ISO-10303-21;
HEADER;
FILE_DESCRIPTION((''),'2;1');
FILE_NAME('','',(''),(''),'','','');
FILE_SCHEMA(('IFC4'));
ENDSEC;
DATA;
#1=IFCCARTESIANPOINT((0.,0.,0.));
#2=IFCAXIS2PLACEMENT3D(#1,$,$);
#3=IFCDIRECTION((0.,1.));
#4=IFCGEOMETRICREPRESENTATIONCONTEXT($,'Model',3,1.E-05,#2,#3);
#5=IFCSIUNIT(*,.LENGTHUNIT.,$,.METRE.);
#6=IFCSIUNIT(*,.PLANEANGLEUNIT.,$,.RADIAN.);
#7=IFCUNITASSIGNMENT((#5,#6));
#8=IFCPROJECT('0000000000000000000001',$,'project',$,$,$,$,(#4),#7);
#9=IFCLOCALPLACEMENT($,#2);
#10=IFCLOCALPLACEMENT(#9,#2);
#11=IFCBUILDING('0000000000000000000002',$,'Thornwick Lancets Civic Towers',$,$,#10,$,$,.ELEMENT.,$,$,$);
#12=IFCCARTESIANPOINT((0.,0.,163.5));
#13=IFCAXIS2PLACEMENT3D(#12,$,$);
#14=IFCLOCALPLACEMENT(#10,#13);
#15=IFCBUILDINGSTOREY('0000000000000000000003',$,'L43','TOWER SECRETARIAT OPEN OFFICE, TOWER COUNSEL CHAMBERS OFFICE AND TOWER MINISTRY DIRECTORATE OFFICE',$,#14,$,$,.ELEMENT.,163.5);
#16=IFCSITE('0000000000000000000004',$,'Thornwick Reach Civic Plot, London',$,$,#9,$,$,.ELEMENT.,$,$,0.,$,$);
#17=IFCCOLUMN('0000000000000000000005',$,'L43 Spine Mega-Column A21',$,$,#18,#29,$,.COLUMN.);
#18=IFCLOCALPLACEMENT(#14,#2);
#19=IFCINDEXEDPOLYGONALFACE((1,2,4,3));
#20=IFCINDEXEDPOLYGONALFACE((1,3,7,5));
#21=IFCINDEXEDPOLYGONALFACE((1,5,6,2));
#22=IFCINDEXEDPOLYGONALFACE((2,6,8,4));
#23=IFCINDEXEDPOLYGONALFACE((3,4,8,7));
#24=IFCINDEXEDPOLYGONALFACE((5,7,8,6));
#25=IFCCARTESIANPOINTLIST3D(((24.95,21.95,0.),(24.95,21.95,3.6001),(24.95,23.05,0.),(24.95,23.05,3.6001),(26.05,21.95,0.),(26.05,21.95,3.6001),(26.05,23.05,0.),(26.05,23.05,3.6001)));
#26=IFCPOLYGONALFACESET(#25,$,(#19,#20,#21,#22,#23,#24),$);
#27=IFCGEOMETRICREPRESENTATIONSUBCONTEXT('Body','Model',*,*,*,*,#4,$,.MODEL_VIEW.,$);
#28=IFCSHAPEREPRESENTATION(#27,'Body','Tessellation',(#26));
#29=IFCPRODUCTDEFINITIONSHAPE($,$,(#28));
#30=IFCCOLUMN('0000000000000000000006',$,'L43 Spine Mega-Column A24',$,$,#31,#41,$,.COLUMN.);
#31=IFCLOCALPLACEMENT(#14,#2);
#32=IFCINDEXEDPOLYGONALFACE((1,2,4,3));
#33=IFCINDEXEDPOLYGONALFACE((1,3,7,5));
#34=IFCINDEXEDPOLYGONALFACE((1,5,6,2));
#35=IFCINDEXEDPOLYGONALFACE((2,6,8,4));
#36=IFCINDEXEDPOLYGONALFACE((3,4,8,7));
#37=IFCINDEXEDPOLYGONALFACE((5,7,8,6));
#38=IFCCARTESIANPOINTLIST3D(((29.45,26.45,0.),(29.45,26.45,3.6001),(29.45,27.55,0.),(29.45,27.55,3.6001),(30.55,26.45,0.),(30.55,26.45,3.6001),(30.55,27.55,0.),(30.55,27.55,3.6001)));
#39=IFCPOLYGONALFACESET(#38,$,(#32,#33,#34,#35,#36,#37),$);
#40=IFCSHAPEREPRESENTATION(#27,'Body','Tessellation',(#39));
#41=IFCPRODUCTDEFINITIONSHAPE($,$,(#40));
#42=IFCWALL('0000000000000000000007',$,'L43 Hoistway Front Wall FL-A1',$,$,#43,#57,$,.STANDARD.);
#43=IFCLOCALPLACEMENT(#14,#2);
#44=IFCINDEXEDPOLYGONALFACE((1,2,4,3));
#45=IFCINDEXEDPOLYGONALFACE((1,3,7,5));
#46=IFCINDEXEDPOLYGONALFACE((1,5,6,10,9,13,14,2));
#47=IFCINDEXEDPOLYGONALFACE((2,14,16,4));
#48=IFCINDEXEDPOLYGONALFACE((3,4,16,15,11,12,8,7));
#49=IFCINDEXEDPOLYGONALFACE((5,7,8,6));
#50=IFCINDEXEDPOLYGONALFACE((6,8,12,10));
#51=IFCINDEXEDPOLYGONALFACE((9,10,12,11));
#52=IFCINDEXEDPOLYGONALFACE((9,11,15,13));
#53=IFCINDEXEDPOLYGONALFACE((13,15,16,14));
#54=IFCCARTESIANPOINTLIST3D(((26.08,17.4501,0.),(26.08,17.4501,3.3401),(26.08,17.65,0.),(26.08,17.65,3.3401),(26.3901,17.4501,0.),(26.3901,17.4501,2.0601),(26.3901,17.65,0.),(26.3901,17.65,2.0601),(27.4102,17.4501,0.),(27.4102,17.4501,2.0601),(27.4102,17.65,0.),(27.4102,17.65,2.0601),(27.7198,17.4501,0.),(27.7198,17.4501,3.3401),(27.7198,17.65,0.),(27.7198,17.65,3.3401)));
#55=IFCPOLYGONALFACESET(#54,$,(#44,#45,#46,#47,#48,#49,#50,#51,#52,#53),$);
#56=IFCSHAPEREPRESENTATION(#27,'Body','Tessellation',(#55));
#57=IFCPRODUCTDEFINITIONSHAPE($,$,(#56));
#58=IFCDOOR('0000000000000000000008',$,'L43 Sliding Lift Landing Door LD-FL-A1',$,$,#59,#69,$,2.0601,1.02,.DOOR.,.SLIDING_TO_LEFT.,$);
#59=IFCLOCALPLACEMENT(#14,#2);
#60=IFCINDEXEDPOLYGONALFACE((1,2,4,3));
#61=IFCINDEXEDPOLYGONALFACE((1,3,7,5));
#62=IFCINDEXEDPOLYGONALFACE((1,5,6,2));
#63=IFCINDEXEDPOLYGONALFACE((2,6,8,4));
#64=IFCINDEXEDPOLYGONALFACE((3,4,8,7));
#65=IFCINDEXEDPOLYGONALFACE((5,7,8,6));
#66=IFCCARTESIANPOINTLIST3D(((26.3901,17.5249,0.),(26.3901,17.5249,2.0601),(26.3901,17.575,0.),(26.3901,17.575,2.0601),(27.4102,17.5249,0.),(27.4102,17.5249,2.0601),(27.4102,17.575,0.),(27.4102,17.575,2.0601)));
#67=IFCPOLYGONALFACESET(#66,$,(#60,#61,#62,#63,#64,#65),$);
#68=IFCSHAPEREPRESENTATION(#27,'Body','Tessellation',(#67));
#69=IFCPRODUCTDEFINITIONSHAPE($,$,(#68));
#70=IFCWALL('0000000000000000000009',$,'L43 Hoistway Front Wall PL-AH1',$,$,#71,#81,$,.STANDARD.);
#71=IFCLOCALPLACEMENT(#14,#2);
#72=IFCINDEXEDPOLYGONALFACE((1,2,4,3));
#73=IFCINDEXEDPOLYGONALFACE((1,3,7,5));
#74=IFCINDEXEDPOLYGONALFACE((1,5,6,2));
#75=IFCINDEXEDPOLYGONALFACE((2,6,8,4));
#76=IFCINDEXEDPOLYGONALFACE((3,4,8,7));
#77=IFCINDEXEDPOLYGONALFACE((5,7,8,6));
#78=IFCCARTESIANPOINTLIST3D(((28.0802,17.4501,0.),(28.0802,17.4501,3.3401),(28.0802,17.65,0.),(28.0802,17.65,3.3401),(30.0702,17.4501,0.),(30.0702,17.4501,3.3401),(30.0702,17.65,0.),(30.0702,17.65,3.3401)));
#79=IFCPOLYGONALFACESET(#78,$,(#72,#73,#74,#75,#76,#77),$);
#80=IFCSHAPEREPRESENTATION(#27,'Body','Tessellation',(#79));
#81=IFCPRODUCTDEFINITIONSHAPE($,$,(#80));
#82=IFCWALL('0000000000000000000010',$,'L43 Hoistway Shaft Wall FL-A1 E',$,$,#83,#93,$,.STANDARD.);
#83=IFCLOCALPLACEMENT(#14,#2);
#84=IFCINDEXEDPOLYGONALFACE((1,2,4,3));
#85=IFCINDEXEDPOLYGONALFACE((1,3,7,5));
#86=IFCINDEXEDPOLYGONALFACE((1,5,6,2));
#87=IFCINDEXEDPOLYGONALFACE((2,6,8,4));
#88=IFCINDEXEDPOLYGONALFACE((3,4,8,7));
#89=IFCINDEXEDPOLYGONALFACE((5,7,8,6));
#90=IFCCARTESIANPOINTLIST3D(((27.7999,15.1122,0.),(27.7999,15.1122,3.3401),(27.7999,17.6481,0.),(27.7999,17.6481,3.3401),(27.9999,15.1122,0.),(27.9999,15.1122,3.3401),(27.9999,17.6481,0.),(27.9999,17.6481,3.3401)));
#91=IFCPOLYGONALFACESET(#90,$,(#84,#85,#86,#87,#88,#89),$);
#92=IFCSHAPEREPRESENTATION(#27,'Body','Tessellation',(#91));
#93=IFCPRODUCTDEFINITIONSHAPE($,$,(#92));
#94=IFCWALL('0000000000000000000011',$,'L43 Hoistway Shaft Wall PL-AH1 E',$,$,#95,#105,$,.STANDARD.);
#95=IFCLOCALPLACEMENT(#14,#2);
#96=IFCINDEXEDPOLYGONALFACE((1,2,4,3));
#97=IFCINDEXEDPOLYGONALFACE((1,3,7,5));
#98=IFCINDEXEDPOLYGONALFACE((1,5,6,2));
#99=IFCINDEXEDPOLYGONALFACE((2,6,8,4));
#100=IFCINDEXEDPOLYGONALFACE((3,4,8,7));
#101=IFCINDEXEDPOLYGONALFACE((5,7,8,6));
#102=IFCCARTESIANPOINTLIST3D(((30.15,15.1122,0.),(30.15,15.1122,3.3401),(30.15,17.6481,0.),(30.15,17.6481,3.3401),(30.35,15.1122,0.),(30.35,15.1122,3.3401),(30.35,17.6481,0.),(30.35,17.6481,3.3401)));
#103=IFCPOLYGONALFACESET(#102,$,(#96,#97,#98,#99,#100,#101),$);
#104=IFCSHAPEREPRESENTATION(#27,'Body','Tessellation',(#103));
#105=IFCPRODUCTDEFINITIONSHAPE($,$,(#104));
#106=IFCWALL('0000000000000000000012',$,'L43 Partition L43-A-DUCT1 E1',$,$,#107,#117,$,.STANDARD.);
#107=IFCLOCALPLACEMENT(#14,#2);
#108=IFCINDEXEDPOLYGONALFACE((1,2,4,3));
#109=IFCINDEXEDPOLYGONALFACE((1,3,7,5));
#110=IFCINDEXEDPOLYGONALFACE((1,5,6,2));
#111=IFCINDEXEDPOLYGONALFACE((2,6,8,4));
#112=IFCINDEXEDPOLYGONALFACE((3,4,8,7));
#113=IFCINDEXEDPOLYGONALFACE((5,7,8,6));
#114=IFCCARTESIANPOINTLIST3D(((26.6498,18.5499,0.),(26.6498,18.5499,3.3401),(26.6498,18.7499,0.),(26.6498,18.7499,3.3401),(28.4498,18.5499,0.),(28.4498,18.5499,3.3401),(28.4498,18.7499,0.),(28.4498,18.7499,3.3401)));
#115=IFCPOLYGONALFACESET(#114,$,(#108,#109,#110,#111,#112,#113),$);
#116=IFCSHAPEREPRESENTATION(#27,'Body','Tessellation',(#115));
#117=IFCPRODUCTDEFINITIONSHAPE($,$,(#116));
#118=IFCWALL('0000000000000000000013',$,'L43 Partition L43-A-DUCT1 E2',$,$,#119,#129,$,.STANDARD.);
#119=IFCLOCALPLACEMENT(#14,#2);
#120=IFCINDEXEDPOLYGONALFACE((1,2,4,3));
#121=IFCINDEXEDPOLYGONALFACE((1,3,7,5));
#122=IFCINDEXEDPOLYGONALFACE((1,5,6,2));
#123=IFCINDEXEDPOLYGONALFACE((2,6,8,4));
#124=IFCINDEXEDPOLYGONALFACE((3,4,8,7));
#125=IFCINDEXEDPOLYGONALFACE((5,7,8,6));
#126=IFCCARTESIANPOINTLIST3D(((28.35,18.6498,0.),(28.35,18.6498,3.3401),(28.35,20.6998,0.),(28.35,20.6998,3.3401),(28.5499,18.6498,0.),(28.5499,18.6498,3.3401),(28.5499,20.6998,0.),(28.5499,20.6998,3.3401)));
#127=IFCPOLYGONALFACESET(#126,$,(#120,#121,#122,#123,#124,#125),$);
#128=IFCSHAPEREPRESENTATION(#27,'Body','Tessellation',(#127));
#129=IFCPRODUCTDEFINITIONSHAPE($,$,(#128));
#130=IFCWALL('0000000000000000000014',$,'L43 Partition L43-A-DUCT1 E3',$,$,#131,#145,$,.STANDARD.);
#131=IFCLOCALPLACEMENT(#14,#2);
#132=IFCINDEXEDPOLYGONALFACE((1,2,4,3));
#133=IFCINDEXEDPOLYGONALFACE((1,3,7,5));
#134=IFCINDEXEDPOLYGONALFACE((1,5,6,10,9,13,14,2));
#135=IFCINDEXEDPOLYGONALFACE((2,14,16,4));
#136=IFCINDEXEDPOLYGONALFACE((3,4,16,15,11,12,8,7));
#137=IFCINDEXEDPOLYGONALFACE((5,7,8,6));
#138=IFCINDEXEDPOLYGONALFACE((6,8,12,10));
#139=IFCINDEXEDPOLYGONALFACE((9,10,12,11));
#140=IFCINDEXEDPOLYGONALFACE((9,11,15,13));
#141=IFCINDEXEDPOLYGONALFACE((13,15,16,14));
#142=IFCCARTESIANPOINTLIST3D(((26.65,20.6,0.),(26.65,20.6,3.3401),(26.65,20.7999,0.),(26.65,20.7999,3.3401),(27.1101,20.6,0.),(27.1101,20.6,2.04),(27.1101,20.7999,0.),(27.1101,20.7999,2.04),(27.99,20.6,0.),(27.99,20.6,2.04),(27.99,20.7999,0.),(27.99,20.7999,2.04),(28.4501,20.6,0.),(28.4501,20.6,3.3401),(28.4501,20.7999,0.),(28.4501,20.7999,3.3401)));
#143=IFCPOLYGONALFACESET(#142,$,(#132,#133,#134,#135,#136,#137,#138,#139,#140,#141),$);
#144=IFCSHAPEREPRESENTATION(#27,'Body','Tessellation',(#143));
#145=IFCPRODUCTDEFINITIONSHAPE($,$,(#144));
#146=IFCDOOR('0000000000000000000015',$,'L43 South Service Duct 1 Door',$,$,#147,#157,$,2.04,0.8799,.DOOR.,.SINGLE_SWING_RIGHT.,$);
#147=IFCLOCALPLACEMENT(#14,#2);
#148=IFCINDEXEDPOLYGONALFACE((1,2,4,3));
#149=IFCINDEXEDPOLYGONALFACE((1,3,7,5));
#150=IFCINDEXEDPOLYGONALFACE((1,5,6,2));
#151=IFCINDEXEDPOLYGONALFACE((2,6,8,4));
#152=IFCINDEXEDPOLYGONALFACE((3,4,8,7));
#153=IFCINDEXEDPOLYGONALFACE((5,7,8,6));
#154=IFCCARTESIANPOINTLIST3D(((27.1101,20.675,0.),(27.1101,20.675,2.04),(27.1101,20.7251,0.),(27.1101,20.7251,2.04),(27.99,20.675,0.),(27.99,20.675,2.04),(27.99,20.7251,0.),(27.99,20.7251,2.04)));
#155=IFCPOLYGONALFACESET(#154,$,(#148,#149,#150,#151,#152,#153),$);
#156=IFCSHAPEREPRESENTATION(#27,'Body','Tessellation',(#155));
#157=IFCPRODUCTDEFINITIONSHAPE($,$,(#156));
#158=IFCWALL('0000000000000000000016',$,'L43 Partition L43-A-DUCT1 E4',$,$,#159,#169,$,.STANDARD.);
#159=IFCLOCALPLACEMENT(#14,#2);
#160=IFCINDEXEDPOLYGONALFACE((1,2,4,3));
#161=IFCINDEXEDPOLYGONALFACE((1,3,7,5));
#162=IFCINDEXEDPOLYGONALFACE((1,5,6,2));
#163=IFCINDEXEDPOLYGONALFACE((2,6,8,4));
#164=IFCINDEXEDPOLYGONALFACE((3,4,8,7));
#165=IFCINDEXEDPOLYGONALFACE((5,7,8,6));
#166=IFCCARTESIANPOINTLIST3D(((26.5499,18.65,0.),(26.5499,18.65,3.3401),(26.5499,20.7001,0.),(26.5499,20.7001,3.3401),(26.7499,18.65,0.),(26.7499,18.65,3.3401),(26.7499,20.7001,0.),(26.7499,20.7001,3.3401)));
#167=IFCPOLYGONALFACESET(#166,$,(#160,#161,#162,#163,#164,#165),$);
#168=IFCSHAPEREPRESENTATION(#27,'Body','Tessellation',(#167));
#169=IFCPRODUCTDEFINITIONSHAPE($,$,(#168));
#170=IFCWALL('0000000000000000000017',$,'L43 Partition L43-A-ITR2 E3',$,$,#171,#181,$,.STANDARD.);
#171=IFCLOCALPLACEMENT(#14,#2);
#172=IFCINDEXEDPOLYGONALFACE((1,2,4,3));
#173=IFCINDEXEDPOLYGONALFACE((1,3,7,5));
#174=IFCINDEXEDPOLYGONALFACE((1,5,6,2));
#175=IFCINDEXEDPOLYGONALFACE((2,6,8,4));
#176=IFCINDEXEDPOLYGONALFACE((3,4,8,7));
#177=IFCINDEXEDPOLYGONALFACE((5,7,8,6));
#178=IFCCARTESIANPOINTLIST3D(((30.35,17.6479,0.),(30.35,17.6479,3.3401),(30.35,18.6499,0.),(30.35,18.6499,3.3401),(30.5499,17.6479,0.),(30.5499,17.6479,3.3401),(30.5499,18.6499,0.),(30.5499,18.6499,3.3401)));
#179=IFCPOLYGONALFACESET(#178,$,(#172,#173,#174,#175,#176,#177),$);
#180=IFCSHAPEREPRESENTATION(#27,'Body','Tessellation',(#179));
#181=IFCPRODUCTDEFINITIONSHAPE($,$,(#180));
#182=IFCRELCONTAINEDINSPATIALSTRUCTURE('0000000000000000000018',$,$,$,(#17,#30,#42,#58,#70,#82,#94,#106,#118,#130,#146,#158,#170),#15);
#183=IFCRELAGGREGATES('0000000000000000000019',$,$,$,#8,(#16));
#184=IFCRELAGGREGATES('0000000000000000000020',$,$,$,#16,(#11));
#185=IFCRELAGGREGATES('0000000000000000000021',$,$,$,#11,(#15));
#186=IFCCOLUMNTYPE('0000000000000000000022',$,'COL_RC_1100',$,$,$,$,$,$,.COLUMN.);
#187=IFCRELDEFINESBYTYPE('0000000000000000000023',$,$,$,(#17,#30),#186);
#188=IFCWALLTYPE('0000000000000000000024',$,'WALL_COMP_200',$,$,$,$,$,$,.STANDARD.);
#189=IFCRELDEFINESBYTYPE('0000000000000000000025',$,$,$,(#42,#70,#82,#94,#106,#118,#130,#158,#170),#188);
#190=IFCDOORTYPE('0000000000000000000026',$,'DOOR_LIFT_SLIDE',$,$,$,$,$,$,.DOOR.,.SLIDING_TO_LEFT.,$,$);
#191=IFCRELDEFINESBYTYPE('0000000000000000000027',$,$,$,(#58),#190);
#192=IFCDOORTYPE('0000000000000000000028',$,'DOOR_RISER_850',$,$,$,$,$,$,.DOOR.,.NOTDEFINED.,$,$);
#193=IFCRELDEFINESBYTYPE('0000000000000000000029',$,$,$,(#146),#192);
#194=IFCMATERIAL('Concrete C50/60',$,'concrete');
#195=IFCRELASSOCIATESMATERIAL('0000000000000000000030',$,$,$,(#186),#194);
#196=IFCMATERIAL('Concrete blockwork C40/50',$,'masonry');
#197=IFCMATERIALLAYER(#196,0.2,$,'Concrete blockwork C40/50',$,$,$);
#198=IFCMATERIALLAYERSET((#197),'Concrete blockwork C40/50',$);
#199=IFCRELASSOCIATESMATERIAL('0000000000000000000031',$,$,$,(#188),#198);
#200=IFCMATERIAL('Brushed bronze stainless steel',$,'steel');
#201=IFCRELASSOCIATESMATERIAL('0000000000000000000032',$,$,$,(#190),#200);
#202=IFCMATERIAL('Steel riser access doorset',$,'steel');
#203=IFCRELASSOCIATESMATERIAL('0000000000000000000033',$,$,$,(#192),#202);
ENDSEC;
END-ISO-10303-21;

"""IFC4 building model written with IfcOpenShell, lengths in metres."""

from ifc_helpers import new_model, si_unit, direction, frame, frame_2d, origin, origin_2d, place, context, subcontext, project, spatial, rectangle, extrude, material, layer, layer_set, material_profile, profile_set, type_object, element, fill, save


model = new_model("IFC4")

# Units and contexts
model_context = context("Model", 3, precision=1e-05, world=origin(), true_north=direction((0.0, 1.0)))
body_context = subcontext(model_context, "Body", "Model", "MODEL_VIEW")
ifc_project = project(units=[si_unit("LENGTHUNIT", "METRE"), si_unit("PLANEANGLEUNIT", "RADIAN")], contexts=[model_context])

# Site, building, storey
site_placement = place(None, origin())
site = spatial("IfcSite", under=ifc_project, at=site_placement, Name="Thornwick Reach Civic Plot, London", CompositionType="ELEMENT", RefElevation=0.0)
building_placement = place(site_placement, origin())
building = spatial("IfcBuilding", under=site, at=building_placement, Name="Thornwick Lancets Civic Towers", CompositionType="ELEMENT")
storey_placement = place(building_placement, frame((0.0, 0.0, 163.5)))
storey = spatial("IfcBuildingStorey", under=building, at=storey_placement, Name="L43", Description="TOWER SECRETARIAT OPEN OFFICE, TOWER COUNSEL CHAMBERS OFFICE AND TOWER MINISTRY DIRECTORATE OFFICE", CompositionType="ELEMENT", Elevation=163.5)

# Columns
ifc_material_1 = material(Name="Concrete C50/60", Category="concrete")
ifc_material_profile = material_profile(ifc_material_1, rectangle(XDim=1.1001, YDim=1.1001, at=origin_2d()), Name="RC 1100x1100")
ifc_profile_set = profile_set([ifc_material_profile], Name="Concrete C50/60")
column_type = type_object("IfcColumnType", Name="COL_RC_1100", PredefinedType="COLUMN", material=ifc_profile_set)
for number, where, z_axis, x_axis, name in (
    (1, (25.5, 22.5, 0.0), (0.0, 0.0, 1.0), (1.0, 0.0, 0.0), "L43 Spine Mega-Column A21"),
    (2, (30.0, 27.0, 0.0), (0.0, 0.0, 1.0), (1.0, 0.0, 0.0), "L43 Spine Mega-Column A24"),
):
    element("IfcColumn", number, at=place(storey_placement, frame(where, z_axis=z_axis, x_axis=x_axis)), inside=storey, type_object=column_type, Name=name, PredefinedType="COLUMN", context=body_context, shape_type="SweptSolid", body=[
        extrude(rectangle(XDim=1.1001, YDim=1.1001, at=origin_2d()), origin(), (0.0, 0.0, 1.0), 3.6001),
    ])

# Wall, opening, door
ifc_material_2 = material(Name="Concrete blockwork C40/50", Category="masonry")
ifc_layer_1 = layer(ifc_material_2, 0.2, Name="Concrete blockwork C40/50")
ifc_layer_set_1 = layer_set([ifc_layer_1], Name="Concrete blockwork C40/50")
wall_type_1 = type_object("IfcWallType", Name="WALL_COMP_200", PredefinedType="STANDARD", material=ifc_layer_set_1)
wall_1_placement = place(storey_placement, frame((26.0801, 17.55, 0.0), z_axis=(0.0, 0.0, 1.0), x_axis=(1.0, 0.0, 0.0)))
wall_1 = element("IfcWall", 3, at=wall_1_placement, inside=storey, type_object=wall_type_1, Name="L43 Hoistway Front Wall FL-A1", PredefinedType="STANDARD", context=body_context, shape_type="SweptSolid", body=[
    extrude(rectangle(XDim=1.6399, YDim=0.2, at=frame_2d((0.8198, 0.0))), origin(), (0.0, 0.0, 1.0), 3.3401),
])
opening_1_placement = place(wall_1_placement, frame((0.3101, 0.0, 0.0)))
opening_1 = element("IfcOpeningElement", 4, at=opening_1_placement, cuts=wall_1, PredefinedType="OPENING", context=body_context, shape_type="SweptSolid", body=[
    extrude(rectangle(XDim=1.02, YDim=2.0601, at=frame_2d((0.51, 1.03))), frame((0.0, 0.1099, 0.0), z_axis=(0.0, -1.0, 0.0), x_axis=(1.0, 0.0, 0.0)), (0.0, 0.0, 1.0), 0.22),
])
ifc_material_3 = material(Name="Brushed bronze stainless steel", Category="steel")
door_type_1 = type_object("IfcDoorType", Name="DOOR_LIFT_SLIDE", OperationType="SLIDING_TO_LEFT", PredefinedType="DOOR", material=ifc_material_3)
door_1_placement = place(opening_1_placement, origin())
door_1 = element("IfcDoor", 5, at=door_1_placement, inside=storey, type_object=door_type_1, Name="L43 Sliding Lift Landing Door LD-FL-A1", OperationType="SLIDING_TO_LEFT", OverallHeight=2.0601, OverallWidth=1.02, PredefinedType="DOOR", context=body_context, shape_type="SweptSolid", body=[
    extrude(rectangle(XDim=1.02, YDim=2.0601, at=frame_2d((0.51, 1.03))), frame((0.0, 0.0249, 0.0), z_axis=(0.0, -1.0, 0.0), x_axis=(1.0, 0.0, 0.0)), (0.0, 0.0, 1.0), 0.05),
])
fill(opening_1, door_1)

# Walls
wall_2_placement = place(storey_placement, frame((28.0801, 17.55, 0.0), z_axis=(0.0, 0.0, 1.0), x_axis=(1.0, 0.0, 0.0)))
element("IfcWall", 6, at=wall_2_placement, inside=storey, type_object=wall_type_1, Name="L43 Hoistway Front Wall PL-AH1", PredefinedType="STANDARD", context=body_context, shape_type="SweptSolid", body=[
    extrude(rectangle(XDim=1.99, YDim=0.2, at=frame_2d((0.9951, 0.0))), origin(), (0.0, 0.0, 1.0), 3.3401),
])
for number, where, z_axis, x_axis, name in (
    (7, (27.8999, 15.1121, 0.0), (0.0, 0.0, 1.0), (0.0, 1.0, 0.0), "L43 Hoistway Shaft Wall FL-A1 E"),
    (8, (30.25, 15.1121, 0.0), (0.0, 0.0, 1.0), (0.0, 1.0, 0.0), "L43 Hoistway Shaft Wall PL-AH1 E"),
):
    element("IfcWall", number, at=place(storey_placement, frame(where, z_axis=z_axis, x_axis=x_axis)), inside=storey, type_object=wall_type_1, Name=name, PredefinedType="STANDARD", context=body_context, shape_type="SweptSolid", body=[
        extrude(rectangle(XDim=2.5359, YDim=0.2, at=frame_2d((1.2681, 0.0))), origin(), (0.0, 0.0, 1.0), 3.3401),
    ])
wall_3_placement = place(storey_placement, frame((26.6499, 18.6499, 0.0), z_axis=(0.0, 0.0, 1.0), x_axis=(1.0, 0.0, 0.0)))
element("IfcWall", 9, at=wall_3_placement, inside=storey, type_object=wall_type_1, Name="L43 Partition L43-A-DUCT1 E1", PredefinedType="STANDARD", context=body_context, shape_type="SweptSolid", body=[
    extrude(rectangle(XDim=1.8, YDim=0.2, at=frame_2d((0.8999, 0.0))), origin(), (0.0, 0.0, 1.0), 3.3401),
])
wall_4_placement = place(storey_placement, frame((28.45, 18.6499, 0.0), z_axis=(0.0, 0.0, 1.0), x_axis=(0.0, 1.0, 0.0)))
element("IfcWall", 10, at=wall_4_placement, inside=storey, type_object=wall_type_1, Name="L43 Partition L43-A-DUCT1 E2", PredefinedType="STANDARD", context=body_context, shape_type="SweptSolid", body=[
    extrude(rectangle(XDim=2.05, YDim=0.2, at=frame_2d((1.0249, 0.0))), origin(), (0.0, 0.0, 1.0), 3.3401),
])

# Wall, opening, door
wall_5_placement = place(storey_placement, frame((28.45, 20.7, 0.0), z_axis=(0.0, 0.0, 1.0), x_axis=(-1.0, 0.0, 0.0)))
wall_5 = element("IfcWall", 11, at=wall_5_placement, inside=storey, type_object=wall_type_1, Name="L43 Partition L43-A-DUCT1 E3", PredefinedType="STANDARD", context=body_context, shape_type="SweptSolid", body=[
    extrude(rectangle(XDim=1.8, YDim=0.2, at=frame_2d((0.8999, 0.0))), origin(), (0.0, 0.0, 1.0), 3.3401),
])
opening_2_placement = place(wall_5_placement, frame((0.46, 0.0, 0.0)))
opening_2 = element("IfcOpeningElement", 12, at=opening_2_placement, cuts=wall_5, PredefinedType="OPENING", context=body_context, shape_type="SweptSolid", body=[
    extrude(rectangle(XDim=0.8799, YDim=2.04, at=frame_2d((0.4399, 1.02))), frame((0.0, 0.1099, 0.0), z_axis=(0.0, -1.0, 0.0), x_axis=(1.0, 0.0, 0.0)), (0.0, 0.0, 1.0), 0.22),
])
ifc_material_4 = material(Name="Steel riser access doorset", Category="steel")
door_type_2 = type_object("IfcDoorType", Name="DOOR_RISER_850", OperationType="NOTDEFINED", PredefinedType="DOOR", material=ifc_material_4)
door_2_placement = place(opening_2_placement, origin())
door_2 = element("IfcDoor", 13, at=door_2_placement, inside=storey, type_object=door_type_2, Name="L43 South Service Duct 1 Door", OperationType="SINGLE_SWING_RIGHT", OverallHeight=2.04, OverallWidth=0.8799, PredefinedType="DOOR", context=body_context, shape_type="SweptSolid", body=[
    extrude(rectangle(XDim=0.8799, YDim=2.04, at=frame_2d((0.4399, 1.02))), frame((0.0, 0.0249, 0.0), z_axis=(0.0, -1.0, 0.0), x_axis=(1.0, 0.0, 0.0)), (0.0, 0.0, 1.0), 0.05),
])
fill(opening_2, door_2)

# Walls
wall_6_placement = place(storey_placement, frame((26.6499, 20.7, 0.0), z_axis=(0.0, 0.0, 1.0), x_axis=(0.0, -1.0, 0.0)))
element("IfcWall", 14, at=wall_6_placement, inside=storey, type_object=wall_type_1, Name="L43 Partition L43-A-DUCT1 E4", PredefinedType="STANDARD", context=body_context, shape_type="SweptSolid", body=[
    extrude(rectangle(XDim=2.05, YDim=0.2, at=frame_2d((1.0249, 0.0))), origin(), (0.0, 0.0, 1.0), 3.3401),
])
wall_7_placement = place(storey_placement, frame((30.45, 17.6479, 0.0), z_axis=(0.0, 0.0, 1.0), x_axis=(0.0, 1.0, 0.0)))
element("IfcWall", 15, at=wall_7_placement, inside=storey, type_object=wall_type_1, Name="L43 Partition L43-A-ITR2 E3", PredefinedType="STANDARD", context=body_context, shape_type="SweptSolid", body=[
    extrude(rectangle(XDim=1.002, YDim=0.2, at=frame_2d((0.501, 0.0))), origin(), (0.0, 0.0, 1.0), 3.3401),
])

save(model, "model.ifc")
